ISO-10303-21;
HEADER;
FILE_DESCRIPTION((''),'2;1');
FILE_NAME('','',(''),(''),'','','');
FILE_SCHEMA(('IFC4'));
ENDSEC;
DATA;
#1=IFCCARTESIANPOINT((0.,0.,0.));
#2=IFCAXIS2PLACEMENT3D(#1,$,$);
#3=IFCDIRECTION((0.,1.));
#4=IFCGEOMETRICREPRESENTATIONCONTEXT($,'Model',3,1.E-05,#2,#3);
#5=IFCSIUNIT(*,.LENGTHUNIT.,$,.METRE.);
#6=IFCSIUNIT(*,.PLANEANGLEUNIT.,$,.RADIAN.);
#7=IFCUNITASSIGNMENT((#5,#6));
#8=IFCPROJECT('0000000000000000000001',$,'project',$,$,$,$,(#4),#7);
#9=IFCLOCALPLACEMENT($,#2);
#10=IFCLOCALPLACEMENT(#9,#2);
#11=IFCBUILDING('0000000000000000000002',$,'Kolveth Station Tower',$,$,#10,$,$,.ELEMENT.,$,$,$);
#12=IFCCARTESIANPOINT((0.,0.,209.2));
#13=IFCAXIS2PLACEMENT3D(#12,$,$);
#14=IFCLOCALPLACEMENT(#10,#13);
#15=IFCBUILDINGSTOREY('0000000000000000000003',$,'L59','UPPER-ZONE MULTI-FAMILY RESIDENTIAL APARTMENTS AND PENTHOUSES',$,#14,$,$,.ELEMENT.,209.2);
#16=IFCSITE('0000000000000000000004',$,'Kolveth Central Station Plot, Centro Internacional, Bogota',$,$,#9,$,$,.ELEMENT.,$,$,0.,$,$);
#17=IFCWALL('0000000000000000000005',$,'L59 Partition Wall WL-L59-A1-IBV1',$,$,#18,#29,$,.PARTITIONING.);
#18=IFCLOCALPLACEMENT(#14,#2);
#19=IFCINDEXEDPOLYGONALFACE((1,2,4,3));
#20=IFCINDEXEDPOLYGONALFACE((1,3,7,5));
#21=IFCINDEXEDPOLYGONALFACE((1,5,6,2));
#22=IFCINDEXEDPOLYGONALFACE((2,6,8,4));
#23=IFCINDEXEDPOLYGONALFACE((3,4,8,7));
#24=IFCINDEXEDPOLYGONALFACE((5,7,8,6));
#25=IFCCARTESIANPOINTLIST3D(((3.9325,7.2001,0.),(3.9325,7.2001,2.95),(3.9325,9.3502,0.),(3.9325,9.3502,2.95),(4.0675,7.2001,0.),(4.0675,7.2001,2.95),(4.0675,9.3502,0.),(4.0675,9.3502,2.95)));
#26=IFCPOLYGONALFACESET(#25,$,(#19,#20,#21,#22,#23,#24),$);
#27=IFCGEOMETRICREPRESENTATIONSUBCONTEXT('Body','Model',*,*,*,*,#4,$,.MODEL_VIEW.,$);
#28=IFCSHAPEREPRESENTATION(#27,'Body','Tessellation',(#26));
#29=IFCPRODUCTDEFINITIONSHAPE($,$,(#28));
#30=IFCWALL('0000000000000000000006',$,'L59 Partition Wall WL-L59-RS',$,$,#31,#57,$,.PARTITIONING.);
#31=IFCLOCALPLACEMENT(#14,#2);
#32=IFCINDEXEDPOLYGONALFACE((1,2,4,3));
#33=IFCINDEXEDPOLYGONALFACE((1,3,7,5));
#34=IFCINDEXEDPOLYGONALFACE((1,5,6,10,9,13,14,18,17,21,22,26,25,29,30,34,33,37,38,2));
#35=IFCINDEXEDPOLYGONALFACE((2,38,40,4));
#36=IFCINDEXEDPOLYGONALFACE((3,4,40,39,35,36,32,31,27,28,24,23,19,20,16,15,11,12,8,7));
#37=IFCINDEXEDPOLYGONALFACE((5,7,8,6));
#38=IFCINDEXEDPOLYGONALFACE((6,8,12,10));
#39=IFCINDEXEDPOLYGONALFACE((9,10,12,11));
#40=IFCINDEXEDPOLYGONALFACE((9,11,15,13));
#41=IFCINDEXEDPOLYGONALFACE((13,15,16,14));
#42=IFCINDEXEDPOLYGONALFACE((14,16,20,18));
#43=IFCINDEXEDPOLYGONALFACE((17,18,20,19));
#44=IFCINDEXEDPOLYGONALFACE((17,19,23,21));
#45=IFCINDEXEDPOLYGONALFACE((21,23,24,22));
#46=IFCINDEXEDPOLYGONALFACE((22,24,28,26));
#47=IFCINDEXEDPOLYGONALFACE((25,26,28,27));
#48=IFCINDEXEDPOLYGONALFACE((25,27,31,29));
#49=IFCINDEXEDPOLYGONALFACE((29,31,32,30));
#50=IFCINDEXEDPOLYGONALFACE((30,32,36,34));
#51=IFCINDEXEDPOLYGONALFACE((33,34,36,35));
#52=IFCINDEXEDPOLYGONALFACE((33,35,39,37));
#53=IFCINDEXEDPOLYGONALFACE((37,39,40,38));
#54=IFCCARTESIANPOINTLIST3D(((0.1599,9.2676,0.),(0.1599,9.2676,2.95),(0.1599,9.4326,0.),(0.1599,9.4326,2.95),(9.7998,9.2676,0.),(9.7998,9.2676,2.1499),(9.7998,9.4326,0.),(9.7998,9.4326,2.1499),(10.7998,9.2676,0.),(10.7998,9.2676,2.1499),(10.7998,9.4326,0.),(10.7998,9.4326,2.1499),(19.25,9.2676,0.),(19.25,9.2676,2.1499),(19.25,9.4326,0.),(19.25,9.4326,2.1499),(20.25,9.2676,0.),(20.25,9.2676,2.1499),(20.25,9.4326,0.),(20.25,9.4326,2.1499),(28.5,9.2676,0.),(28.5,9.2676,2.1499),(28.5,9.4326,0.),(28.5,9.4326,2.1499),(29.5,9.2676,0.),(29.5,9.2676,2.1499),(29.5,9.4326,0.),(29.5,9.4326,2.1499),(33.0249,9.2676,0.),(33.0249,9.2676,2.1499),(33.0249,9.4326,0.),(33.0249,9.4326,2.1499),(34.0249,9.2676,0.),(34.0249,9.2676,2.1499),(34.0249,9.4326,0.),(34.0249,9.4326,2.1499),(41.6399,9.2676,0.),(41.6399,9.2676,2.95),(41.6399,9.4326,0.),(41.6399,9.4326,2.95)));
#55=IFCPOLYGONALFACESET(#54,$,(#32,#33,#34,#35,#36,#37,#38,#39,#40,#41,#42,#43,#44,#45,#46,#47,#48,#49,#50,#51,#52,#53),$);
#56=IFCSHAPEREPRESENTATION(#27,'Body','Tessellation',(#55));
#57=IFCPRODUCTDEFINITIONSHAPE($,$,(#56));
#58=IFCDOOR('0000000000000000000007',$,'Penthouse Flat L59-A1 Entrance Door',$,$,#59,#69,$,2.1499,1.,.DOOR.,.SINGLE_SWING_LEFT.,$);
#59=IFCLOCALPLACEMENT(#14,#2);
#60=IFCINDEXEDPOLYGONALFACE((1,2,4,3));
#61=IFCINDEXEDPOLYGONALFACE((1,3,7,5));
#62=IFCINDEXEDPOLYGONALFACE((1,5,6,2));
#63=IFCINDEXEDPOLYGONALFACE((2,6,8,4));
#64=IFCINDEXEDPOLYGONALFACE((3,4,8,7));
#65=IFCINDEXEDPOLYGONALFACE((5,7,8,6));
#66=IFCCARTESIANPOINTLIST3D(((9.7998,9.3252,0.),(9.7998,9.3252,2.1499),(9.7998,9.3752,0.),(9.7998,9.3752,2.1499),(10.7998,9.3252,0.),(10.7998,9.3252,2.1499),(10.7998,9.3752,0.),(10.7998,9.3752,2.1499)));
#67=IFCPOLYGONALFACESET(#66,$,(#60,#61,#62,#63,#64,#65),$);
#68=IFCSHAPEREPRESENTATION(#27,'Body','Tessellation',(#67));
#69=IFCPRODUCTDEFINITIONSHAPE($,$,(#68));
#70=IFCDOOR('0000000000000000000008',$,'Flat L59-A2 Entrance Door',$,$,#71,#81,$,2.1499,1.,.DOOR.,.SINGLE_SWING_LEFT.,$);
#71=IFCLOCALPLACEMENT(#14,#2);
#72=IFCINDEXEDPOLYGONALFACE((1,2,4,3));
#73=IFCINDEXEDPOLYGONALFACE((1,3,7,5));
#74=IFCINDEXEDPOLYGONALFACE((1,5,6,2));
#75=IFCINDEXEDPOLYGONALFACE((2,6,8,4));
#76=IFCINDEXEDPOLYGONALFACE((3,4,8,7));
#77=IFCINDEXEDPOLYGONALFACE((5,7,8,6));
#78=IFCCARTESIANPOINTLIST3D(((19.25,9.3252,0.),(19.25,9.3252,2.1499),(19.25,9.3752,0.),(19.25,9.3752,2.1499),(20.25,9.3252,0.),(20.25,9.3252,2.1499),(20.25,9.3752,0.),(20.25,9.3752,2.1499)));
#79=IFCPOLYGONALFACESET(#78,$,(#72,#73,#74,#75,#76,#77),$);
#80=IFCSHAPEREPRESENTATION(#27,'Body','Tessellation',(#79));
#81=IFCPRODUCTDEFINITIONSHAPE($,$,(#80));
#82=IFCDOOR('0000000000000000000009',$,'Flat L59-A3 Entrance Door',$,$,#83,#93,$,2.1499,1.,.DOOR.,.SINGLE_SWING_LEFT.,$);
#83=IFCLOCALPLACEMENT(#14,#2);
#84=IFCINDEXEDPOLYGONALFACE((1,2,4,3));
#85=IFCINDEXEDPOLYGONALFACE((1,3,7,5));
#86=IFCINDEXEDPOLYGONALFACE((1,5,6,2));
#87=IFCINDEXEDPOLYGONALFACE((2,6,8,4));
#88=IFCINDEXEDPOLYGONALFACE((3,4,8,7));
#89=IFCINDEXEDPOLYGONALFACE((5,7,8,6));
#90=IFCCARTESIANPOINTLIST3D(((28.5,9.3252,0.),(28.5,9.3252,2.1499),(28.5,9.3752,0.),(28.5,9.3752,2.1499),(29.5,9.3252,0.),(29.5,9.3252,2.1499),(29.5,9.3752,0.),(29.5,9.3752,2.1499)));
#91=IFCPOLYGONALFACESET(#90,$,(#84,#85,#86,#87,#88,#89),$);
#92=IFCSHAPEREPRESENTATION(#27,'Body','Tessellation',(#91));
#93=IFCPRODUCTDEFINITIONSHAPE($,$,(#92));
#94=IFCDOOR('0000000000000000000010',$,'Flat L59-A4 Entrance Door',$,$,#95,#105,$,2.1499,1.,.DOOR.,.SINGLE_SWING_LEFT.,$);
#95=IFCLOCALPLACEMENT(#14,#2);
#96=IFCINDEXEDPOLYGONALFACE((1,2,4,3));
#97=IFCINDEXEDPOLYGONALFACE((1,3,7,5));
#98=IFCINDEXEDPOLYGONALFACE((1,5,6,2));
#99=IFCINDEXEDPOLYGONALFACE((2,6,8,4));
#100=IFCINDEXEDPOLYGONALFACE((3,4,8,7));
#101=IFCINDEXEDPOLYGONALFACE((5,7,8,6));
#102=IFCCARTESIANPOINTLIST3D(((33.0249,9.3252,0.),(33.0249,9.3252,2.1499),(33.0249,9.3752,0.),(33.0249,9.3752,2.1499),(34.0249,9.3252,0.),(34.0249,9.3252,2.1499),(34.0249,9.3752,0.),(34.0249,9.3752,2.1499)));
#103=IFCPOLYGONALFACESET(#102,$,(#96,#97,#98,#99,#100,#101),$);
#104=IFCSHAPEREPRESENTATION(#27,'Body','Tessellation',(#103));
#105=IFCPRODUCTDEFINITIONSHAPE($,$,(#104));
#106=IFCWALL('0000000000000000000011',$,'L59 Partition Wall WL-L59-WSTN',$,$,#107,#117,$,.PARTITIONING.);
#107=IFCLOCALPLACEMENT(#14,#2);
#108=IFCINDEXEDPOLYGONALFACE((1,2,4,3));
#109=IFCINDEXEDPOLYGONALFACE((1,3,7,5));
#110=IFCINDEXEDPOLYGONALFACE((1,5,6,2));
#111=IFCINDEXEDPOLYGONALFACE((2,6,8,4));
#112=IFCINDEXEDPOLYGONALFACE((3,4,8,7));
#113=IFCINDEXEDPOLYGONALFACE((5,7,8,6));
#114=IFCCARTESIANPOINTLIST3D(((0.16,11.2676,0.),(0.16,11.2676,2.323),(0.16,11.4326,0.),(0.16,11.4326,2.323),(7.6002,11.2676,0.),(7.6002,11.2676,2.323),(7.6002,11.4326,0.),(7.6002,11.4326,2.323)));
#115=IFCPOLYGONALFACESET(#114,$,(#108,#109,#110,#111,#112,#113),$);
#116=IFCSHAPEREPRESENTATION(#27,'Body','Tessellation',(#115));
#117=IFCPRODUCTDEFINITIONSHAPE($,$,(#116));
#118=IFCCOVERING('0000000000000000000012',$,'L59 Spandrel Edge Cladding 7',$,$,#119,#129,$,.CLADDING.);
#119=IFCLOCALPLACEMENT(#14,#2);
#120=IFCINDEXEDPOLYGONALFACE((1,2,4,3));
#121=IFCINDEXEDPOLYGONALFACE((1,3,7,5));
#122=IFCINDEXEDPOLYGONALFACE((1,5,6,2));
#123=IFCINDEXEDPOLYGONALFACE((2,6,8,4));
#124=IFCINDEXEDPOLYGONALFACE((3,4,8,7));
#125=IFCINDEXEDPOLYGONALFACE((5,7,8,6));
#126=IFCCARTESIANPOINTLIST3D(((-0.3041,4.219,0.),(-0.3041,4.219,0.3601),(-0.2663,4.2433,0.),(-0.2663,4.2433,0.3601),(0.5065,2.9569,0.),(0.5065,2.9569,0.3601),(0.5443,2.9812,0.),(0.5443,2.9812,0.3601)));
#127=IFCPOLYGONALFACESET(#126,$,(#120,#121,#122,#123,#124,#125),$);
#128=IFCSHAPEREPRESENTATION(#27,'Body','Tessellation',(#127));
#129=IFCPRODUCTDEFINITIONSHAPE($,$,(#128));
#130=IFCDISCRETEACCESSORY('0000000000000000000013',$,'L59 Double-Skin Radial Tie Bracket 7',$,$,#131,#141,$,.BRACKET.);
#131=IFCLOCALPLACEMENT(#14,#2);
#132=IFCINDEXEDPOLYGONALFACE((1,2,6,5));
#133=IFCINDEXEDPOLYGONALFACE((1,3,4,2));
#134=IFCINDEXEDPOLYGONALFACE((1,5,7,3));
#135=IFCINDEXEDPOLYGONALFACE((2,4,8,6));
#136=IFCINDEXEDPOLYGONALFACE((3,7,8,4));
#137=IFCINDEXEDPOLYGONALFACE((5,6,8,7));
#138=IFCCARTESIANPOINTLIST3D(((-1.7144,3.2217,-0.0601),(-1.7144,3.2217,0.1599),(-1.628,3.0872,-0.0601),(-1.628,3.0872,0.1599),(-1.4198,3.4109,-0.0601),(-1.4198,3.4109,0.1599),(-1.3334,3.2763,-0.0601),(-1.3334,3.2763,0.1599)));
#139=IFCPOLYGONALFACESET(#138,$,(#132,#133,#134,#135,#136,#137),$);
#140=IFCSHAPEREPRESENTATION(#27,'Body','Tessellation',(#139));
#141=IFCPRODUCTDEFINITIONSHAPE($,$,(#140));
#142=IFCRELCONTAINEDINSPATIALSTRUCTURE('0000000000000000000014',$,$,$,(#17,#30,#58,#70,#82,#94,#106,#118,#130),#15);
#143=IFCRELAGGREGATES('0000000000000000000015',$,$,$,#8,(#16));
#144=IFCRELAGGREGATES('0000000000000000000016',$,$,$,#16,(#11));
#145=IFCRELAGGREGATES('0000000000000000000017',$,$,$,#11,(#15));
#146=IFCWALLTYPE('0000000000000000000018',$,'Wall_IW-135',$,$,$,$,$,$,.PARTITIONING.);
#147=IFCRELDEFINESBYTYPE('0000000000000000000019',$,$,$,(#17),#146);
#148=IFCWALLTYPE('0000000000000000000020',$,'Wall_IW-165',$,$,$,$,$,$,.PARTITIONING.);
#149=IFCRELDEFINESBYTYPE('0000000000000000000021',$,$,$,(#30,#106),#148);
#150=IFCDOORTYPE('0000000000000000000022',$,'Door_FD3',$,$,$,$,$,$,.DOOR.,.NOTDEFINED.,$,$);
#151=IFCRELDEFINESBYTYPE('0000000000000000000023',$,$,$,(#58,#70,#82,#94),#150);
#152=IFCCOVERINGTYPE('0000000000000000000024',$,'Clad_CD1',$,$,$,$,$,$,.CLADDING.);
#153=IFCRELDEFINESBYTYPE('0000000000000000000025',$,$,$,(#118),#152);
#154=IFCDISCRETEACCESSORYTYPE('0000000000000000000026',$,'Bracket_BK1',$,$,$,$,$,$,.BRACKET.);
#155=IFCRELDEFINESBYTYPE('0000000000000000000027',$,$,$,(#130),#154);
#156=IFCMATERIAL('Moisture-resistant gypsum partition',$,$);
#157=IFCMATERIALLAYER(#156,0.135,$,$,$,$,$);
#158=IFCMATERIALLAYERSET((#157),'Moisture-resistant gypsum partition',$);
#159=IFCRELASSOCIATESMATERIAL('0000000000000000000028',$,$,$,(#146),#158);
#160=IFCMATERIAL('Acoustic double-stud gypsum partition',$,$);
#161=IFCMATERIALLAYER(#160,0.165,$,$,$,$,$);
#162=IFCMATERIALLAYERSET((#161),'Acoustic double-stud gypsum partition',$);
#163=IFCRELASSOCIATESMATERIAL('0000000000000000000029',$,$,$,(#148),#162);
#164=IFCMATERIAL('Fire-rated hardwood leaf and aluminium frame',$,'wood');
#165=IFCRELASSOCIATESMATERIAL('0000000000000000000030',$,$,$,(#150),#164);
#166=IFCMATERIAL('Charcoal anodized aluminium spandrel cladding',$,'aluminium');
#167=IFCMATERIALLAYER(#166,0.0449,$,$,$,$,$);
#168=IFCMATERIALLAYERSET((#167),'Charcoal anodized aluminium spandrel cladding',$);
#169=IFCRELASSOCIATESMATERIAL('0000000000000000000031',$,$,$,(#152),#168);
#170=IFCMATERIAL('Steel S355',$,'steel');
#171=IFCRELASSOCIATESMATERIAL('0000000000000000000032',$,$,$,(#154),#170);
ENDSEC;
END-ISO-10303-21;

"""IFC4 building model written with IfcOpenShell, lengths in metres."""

from ifc_helpers import new_model, si_unit, direction, frame, frame_2d, origin, origin_2d, place, context, subcontext, project, spatial, rectangle, extrude, source, transform, mapped, material, layer, layer_set, type_object, element, fill, save


model = new_model("IFC4")

# Units and contexts
model_context = context("Model", 3, precision=1e-05, world=origin(), true_north=direction((0.0, 1.0)))
body_context = subcontext(model_context, "Body", "Model", "MODEL_VIEW")
ifc_project = project(units=[si_unit("LENGTHUNIT", "METRE"), si_unit("PLANEANGLEUNIT", "RADIAN")], contexts=[model_context])

# Site, building, storey
site_placement = place(None, origin())
site = spatial("IfcSite", under=ifc_project, at=site_placement, Name="Kolveth Central Station Plot, Centro Internacional, Bogota", CompositionType="ELEMENT", RefElevation=0.0)
building_placement = place(site_placement, origin())
building = spatial("IfcBuilding", under=site, at=building_placement, Name="Kolveth Station Tower", CompositionType="ELEMENT")
storey_placement = place(building_placement, frame((0.0, 0.0, 209.2)))
storey = spatial("IfcBuildingStorey", under=building, at=storey_placement, Name="L59", Description="UPPER-ZONE MULTI-FAMILY RESIDENTIAL APARTMENTS AND PENTHOUSES", CompositionType="ELEMENT", Elevation=209.2)

# Shared definitions
ifc_material_1 = material(Name="Steel S355", Category="steel")

# Shared definitions
ifc_material_2 = material(Name="Moisture-resistant gypsum partition")
ifc_layer_1 = layer(ifc_material_2, 0.135)
ifc_layer_set_1 = layer_set([ifc_layer_1], Name="Moisture-resistant gypsum partition")
wall_type_1 = type_object("IfcWallType", Name="Wall_IW-135", PredefinedType="PARTITIONING", material=ifc_layer_set_1)

# Wall
for number, where, z_axis, x_axis, name in (
    (1, (4.0, 7.2, 0.0), (0.0, 0.0, 1.0), (0.0, 1.0, 0.0), "L59 Partition Wall WL-L59-A1-IBV1"),
):
    element("IfcWall", number, at=place(storey_placement, frame(where, z_axis=z_axis, x_axis=x_axis)), inside=storey, type_object=wall_type_1, Name=name, PredefinedType="PARTITIONING", context=body_context, shape_type="SweptSolid", body=[
        extrude(rectangle(XDim=2.1501, YDim=0.135, at=frame_2d((1.0752, 0.0))), origin(), (0.0, 0.0, 1.0), 2.95),
    ])

# Wall, openings, doors
ifc_material_3 = material(Name="Acoustic double-stud gypsum partition")
ifc_layer_2 = layer(ifc_material_3, 0.165)
ifc_layer_set_2 = layer_set([ifc_layer_2], Name="Acoustic double-stud gypsum partition")
wall_type_2 = type_object("IfcWallType", Name="Wall_IW-165", PredefinedType="PARTITIONING", material=ifc_layer_set_2)
wall_1_placement = place(storey_placement, frame((0.1599, 9.3501, 0.0), z_axis=(0.0, 0.0, 1.0), x_axis=(1.0, 0.0, 0.0)))
wall_1 = element("IfcWall", 2, at=wall_1_placement, inside=storey, type_object=wall_type_2, Name="L59 Partition Wall WL-L59-RS", PredefinedType="PARTITIONING", context=body_context, shape_type="SweptSolid", body=[
    extrude(rectangle(XDim=41.48, YDim=0.165, at=frame_2d((20.74, 0.0))), origin(), (0.0, 0.0, 1.0), 2.95),
])
opening_1_placement = place(wall_1_placement, frame((9.6399, 0.0, 0.0)))
opening_1 = element("IfcOpeningElement", 3, at=opening_1_placement, cuts=wall_1, PredefinedType="OPENING", context=body_context, shape_type="SweptSolid", body=[
    extrude(rectangle(XDim=1.0, YDim=2.1499, at=frame_2d((0.5, 1.075))), frame((0.0, 0.0925, 0.0), z_axis=(0.0, -1.0, 0.0), x_axis=(1.0, 0.0, 0.0)), (0.0, 0.0, 1.0), 0.1851),
])
opening_2_placement = place(wall_1_placement, frame((19.0901, 0.0, 0.0)))
opening_2 = element("IfcOpeningElement", 4, at=opening_2_placement, cuts=wall_1, PredefinedType="OPENING", context=body_context, shape_type="SweptSolid", body=[
    extrude(rectangle(XDim=1.0, YDim=2.1499, at=frame_2d((0.5, 1.075))), frame((0.0, 0.0925, 0.0), z_axis=(0.0, -1.0, 0.0), x_axis=(1.0, 0.0, 0.0)), (0.0, 0.0, 1.0), 0.1851),
])
opening_3_placement = place(wall_1_placement, frame((28.3401, 0.0, 0.0)))
opening_3 = element("IfcOpeningElement", 5, at=opening_3_placement, cuts=wall_1, PredefinedType="OPENING", context=body_context, shape_type="SweptSolid", body=[
    extrude(rectangle(XDim=1.0, YDim=2.1499, at=frame_2d((0.5, 1.075))), frame((0.0, 0.0925, 0.0), z_axis=(0.0, -1.0, 0.0), x_axis=(1.0, 0.0, 0.0)), (0.0, 0.0, 1.0), 0.1851),
])
opening_4_placement = place(wall_1_placement, frame((32.865, 0.0, 0.0)))
opening_4 = element("IfcOpeningElement", 6, at=opening_4_placement, cuts=wall_1, PredefinedType="OPENING", context=body_context, shape_type="SweptSolid", body=[
    extrude(rectangle(XDim=1.0, YDim=2.1499, at=frame_2d((0.5, 1.075))), frame((0.0, 0.0925, 0.0), z_axis=(0.0, -1.0, 0.0), x_axis=(1.0, 0.0, 0.0)), (0.0, 0.0, 1.0), 0.1851),
])
ifc_material_4 = material(Name="Fire-rated hardwood leaf and aluminium frame", Category="wood")
door_type_1 = type_object("IfcDoorType", Name="Door_FD3", OperationType="NOTDEFINED", PredefinedType="DOOR", material=ifc_material_4)
door_1_placement = place(opening_1_placement, frame((1.0, 0.0, 0.0), z_axis=(0.0, 0.0, 1.0), x_axis=(-1.0, 0.0, 0.0)))
door_1 = element("IfcDoor", 7, at=door_1_placement, inside=storey, type_object=door_type_1, Name="Penthouse Flat L59-A1 Entrance Door", OperationType="SINGLE_SWING_LEFT", OverallHeight=2.1499, OverallWidth=1.0, PredefinedType="DOOR", context=body_context, shape_type="SweptSolid", body=[
    extrude(rectangle(XDim=1.0, YDim=2.1499, at=frame_2d((0.5, 1.075))), frame((0.0, 0.0249, 0.0), z_axis=(0.0, -1.0, 0.0), x_axis=(1.0, 0.0, 0.0)), (0.0, 0.0, 1.0), 0.05),
])
fill(opening_1, door_1)
door_2_placement = place(opening_2_placement, frame((1.0, 0.0, 0.0), z_axis=(0.0, 0.0, 1.0), x_axis=(-1.0, 0.0, 0.0)))
door_2 = element("IfcDoor", 8, at=door_2_placement, inside=storey, type_object=door_type_1, Name="Flat L59-A2 Entrance Door", OperationType="SINGLE_SWING_LEFT", OverallHeight=2.1499, OverallWidth=1.0, PredefinedType="DOOR", context=body_context, shape_type="SweptSolid", body=[
    extrude(rectangle(XDim=1.0, YDim=2.1499, at=frame_2d((0.5, 1.075))), frame((0.0, 0.0249, 0.0), z_axis=(0.0, -1.0, 0.0), x_axis=(1.0, 0.0, 0.0)), (0.0, 0.0, 1.0), 0.05),
])
fill(opening_2, door_2)
door_3_placement = place(opening_3_placement, frame((1.0, 0.0, 0.0), z_axis=(0.0, 0.0, 1.0), x_axis=(-1.0, 0.0, 0.0)))
door_3 = element("IfcDoor", 9, at=door_3_placement, inside=storey, type_object=door_type_1, Name="Flat L59-A3 Entrance Door", OperationType="SINGLE_SWING_LEFT", OverallHeight=2.1499, OverallWidth=1.0, PredefinedType="DOOR", context=body_context, shape_type="SweptSolid", body=[
    extrude(rectangle(XDim=1.0, YDim=2.1499, at=frame_2d((0.5, 1.075))), frame((0.0, 0.0249, 0.0), z_axis=(0.0, -1.0, 0.0), x_axis=(1.0, 0.0, 0.0)), (0.0, 0.0, 1.0), 0.05),
])
fill(opening_3, door_3)
door_4_placement = place(opening_4_placement, frame((1.0, 0.0, 0.0), z_axis=(0.0, 0.0, 1.0), x_axis=(-1.0, 0.0, 0.0)))
door_4 = element("IfcDoor", 10, at=door_4_placement, inside=storey, type_object=door_type_1, Name="Flat L59-A4 Entrance Door", OperationType="SINGLE_SWING_LEFT", OverallHeight=2.1499, OverallWidth=1.0, PredefinedType="DOOR", context=body_context, shape_type="SweptSolid", body=[
    extrude(rectangle(XDim=1.0, YDim=2.1499, at=frame_2d((0.5, 1.075))), frame((0.0, 0.0249, 0.0), z_axis=(0.0, -1.0, 0.0), x_axis=(1.0, 0.0, 0.0)), (0.0, 0.0, 1.0), 0.05),
])
fill(opening_4, door_4)

# Wall
wall_2_placement = place(storey_placement, frame((0.1599, 11.3501, 0.0), z_axis=(0.0, 0.0, 1.0), x_axis=(1.0, 0.0, 0.0)))
element("IfcWall", 11, at=wall_2_placement, inside=storey, type_object=wall_type_2, Name="L59 Partition Wall WL-L59-WSTN", PredefinedType="PARTITIONING", context=body_context, shape_type="SweptSolid", body=[
    extrude(rectangle(XDim=7.4402, YDim=0.165, at=frame_2d((3.7202, 0.0))), origin(), (0.0, 0.0, 1.0), 2.323),
])

# Covering
ifc_material_5 = material(Name="Charcoal anodized aluminium spandrel cladding", Category="aluminium")
ifc_layer_3 = layer(ifc_material_5, 0.0449)
ifc_layer_set_3 = layer_set([ifc_layer_3], Name="Charcoal anodized aluminium spandrel cladding")
covering_type = type_object("IfcCoveringType", Name="Clad_CD1", PredefinedType="CLADDING", material=ifc_layer_set_3)
shared_shape_1 = source(origin(), body_context, "Body", "SweptSolid", [
    extrude(rectangle(XDim=1.5, YDim=0.0449, at=origin_2d()), origin(), (0.0, 0.0, 1.0), 0.3601),
])
covering_placement = place(storey_placement, frame((0.1201, 3.6001, 0.0), z_axis=(0.0, 0.0, 1.0), x_axis=(0.540387, -0.841416, 0.0)))
element("IfcCovering", 12, at=covering_placement, inside=storey, type_object=covering_type, Name="L59 Spandrel Edge Cladding 7", PredefinedType="CLADDING", context=body_context, shape_type="MappedRepresentation", body=[
    mapped(shared_shape_1, transform((0.0, 0.0, 0.0), x_axis=(1.0, 0.0, 0.0), y_axis=(0.0, 1.0, 0.0), z_axis=(0.0, 0.0, 1.0), scale=1.0)),
])

# Discrete accessory
discrete_accessory_type = type_object("IfcDiscreteAccessoryType", Name="Bracket_BK1", PredefinedType="BRACKET", material=ifc_material_1)
shared_shape_2 = source(origin(), body_context, "Body", "SweptSolid", [
    extrude(rectangle(XDim=0.3501, YDim=0.1599, at=origin_2d()), origin(), (0.0, 0.0, 1.0), 0.22),
])
discrete_accessory_placement = place(storey_placement, frame((-1.5239, 3.249, -0.0601), z_axis=(0.0, 0.0, 1.0), x_axis=(-0.841416, -0.540387, 0.0)))
element("IfcDiscreteAccessory", 13, at=discrete_accessory_placement, inside=storey, type_object=discrete_accessory_type, Name="L59 Double-Skin Radial Tie Bracket 7", PredefinedType="BRACKET", context=body_context, shape_type="MappedRepresentation", body=[
    mapped(shared_shape_2, transform((0.0, 0.0, 0.0), x_axis=(1.0, 0.0, 0.0), y_axis=(0.0, 1.0, 0.0), z_axis=(0.0, 0.0, 1.0), scale=1.0)),
])

save(model, "model.ifc")
